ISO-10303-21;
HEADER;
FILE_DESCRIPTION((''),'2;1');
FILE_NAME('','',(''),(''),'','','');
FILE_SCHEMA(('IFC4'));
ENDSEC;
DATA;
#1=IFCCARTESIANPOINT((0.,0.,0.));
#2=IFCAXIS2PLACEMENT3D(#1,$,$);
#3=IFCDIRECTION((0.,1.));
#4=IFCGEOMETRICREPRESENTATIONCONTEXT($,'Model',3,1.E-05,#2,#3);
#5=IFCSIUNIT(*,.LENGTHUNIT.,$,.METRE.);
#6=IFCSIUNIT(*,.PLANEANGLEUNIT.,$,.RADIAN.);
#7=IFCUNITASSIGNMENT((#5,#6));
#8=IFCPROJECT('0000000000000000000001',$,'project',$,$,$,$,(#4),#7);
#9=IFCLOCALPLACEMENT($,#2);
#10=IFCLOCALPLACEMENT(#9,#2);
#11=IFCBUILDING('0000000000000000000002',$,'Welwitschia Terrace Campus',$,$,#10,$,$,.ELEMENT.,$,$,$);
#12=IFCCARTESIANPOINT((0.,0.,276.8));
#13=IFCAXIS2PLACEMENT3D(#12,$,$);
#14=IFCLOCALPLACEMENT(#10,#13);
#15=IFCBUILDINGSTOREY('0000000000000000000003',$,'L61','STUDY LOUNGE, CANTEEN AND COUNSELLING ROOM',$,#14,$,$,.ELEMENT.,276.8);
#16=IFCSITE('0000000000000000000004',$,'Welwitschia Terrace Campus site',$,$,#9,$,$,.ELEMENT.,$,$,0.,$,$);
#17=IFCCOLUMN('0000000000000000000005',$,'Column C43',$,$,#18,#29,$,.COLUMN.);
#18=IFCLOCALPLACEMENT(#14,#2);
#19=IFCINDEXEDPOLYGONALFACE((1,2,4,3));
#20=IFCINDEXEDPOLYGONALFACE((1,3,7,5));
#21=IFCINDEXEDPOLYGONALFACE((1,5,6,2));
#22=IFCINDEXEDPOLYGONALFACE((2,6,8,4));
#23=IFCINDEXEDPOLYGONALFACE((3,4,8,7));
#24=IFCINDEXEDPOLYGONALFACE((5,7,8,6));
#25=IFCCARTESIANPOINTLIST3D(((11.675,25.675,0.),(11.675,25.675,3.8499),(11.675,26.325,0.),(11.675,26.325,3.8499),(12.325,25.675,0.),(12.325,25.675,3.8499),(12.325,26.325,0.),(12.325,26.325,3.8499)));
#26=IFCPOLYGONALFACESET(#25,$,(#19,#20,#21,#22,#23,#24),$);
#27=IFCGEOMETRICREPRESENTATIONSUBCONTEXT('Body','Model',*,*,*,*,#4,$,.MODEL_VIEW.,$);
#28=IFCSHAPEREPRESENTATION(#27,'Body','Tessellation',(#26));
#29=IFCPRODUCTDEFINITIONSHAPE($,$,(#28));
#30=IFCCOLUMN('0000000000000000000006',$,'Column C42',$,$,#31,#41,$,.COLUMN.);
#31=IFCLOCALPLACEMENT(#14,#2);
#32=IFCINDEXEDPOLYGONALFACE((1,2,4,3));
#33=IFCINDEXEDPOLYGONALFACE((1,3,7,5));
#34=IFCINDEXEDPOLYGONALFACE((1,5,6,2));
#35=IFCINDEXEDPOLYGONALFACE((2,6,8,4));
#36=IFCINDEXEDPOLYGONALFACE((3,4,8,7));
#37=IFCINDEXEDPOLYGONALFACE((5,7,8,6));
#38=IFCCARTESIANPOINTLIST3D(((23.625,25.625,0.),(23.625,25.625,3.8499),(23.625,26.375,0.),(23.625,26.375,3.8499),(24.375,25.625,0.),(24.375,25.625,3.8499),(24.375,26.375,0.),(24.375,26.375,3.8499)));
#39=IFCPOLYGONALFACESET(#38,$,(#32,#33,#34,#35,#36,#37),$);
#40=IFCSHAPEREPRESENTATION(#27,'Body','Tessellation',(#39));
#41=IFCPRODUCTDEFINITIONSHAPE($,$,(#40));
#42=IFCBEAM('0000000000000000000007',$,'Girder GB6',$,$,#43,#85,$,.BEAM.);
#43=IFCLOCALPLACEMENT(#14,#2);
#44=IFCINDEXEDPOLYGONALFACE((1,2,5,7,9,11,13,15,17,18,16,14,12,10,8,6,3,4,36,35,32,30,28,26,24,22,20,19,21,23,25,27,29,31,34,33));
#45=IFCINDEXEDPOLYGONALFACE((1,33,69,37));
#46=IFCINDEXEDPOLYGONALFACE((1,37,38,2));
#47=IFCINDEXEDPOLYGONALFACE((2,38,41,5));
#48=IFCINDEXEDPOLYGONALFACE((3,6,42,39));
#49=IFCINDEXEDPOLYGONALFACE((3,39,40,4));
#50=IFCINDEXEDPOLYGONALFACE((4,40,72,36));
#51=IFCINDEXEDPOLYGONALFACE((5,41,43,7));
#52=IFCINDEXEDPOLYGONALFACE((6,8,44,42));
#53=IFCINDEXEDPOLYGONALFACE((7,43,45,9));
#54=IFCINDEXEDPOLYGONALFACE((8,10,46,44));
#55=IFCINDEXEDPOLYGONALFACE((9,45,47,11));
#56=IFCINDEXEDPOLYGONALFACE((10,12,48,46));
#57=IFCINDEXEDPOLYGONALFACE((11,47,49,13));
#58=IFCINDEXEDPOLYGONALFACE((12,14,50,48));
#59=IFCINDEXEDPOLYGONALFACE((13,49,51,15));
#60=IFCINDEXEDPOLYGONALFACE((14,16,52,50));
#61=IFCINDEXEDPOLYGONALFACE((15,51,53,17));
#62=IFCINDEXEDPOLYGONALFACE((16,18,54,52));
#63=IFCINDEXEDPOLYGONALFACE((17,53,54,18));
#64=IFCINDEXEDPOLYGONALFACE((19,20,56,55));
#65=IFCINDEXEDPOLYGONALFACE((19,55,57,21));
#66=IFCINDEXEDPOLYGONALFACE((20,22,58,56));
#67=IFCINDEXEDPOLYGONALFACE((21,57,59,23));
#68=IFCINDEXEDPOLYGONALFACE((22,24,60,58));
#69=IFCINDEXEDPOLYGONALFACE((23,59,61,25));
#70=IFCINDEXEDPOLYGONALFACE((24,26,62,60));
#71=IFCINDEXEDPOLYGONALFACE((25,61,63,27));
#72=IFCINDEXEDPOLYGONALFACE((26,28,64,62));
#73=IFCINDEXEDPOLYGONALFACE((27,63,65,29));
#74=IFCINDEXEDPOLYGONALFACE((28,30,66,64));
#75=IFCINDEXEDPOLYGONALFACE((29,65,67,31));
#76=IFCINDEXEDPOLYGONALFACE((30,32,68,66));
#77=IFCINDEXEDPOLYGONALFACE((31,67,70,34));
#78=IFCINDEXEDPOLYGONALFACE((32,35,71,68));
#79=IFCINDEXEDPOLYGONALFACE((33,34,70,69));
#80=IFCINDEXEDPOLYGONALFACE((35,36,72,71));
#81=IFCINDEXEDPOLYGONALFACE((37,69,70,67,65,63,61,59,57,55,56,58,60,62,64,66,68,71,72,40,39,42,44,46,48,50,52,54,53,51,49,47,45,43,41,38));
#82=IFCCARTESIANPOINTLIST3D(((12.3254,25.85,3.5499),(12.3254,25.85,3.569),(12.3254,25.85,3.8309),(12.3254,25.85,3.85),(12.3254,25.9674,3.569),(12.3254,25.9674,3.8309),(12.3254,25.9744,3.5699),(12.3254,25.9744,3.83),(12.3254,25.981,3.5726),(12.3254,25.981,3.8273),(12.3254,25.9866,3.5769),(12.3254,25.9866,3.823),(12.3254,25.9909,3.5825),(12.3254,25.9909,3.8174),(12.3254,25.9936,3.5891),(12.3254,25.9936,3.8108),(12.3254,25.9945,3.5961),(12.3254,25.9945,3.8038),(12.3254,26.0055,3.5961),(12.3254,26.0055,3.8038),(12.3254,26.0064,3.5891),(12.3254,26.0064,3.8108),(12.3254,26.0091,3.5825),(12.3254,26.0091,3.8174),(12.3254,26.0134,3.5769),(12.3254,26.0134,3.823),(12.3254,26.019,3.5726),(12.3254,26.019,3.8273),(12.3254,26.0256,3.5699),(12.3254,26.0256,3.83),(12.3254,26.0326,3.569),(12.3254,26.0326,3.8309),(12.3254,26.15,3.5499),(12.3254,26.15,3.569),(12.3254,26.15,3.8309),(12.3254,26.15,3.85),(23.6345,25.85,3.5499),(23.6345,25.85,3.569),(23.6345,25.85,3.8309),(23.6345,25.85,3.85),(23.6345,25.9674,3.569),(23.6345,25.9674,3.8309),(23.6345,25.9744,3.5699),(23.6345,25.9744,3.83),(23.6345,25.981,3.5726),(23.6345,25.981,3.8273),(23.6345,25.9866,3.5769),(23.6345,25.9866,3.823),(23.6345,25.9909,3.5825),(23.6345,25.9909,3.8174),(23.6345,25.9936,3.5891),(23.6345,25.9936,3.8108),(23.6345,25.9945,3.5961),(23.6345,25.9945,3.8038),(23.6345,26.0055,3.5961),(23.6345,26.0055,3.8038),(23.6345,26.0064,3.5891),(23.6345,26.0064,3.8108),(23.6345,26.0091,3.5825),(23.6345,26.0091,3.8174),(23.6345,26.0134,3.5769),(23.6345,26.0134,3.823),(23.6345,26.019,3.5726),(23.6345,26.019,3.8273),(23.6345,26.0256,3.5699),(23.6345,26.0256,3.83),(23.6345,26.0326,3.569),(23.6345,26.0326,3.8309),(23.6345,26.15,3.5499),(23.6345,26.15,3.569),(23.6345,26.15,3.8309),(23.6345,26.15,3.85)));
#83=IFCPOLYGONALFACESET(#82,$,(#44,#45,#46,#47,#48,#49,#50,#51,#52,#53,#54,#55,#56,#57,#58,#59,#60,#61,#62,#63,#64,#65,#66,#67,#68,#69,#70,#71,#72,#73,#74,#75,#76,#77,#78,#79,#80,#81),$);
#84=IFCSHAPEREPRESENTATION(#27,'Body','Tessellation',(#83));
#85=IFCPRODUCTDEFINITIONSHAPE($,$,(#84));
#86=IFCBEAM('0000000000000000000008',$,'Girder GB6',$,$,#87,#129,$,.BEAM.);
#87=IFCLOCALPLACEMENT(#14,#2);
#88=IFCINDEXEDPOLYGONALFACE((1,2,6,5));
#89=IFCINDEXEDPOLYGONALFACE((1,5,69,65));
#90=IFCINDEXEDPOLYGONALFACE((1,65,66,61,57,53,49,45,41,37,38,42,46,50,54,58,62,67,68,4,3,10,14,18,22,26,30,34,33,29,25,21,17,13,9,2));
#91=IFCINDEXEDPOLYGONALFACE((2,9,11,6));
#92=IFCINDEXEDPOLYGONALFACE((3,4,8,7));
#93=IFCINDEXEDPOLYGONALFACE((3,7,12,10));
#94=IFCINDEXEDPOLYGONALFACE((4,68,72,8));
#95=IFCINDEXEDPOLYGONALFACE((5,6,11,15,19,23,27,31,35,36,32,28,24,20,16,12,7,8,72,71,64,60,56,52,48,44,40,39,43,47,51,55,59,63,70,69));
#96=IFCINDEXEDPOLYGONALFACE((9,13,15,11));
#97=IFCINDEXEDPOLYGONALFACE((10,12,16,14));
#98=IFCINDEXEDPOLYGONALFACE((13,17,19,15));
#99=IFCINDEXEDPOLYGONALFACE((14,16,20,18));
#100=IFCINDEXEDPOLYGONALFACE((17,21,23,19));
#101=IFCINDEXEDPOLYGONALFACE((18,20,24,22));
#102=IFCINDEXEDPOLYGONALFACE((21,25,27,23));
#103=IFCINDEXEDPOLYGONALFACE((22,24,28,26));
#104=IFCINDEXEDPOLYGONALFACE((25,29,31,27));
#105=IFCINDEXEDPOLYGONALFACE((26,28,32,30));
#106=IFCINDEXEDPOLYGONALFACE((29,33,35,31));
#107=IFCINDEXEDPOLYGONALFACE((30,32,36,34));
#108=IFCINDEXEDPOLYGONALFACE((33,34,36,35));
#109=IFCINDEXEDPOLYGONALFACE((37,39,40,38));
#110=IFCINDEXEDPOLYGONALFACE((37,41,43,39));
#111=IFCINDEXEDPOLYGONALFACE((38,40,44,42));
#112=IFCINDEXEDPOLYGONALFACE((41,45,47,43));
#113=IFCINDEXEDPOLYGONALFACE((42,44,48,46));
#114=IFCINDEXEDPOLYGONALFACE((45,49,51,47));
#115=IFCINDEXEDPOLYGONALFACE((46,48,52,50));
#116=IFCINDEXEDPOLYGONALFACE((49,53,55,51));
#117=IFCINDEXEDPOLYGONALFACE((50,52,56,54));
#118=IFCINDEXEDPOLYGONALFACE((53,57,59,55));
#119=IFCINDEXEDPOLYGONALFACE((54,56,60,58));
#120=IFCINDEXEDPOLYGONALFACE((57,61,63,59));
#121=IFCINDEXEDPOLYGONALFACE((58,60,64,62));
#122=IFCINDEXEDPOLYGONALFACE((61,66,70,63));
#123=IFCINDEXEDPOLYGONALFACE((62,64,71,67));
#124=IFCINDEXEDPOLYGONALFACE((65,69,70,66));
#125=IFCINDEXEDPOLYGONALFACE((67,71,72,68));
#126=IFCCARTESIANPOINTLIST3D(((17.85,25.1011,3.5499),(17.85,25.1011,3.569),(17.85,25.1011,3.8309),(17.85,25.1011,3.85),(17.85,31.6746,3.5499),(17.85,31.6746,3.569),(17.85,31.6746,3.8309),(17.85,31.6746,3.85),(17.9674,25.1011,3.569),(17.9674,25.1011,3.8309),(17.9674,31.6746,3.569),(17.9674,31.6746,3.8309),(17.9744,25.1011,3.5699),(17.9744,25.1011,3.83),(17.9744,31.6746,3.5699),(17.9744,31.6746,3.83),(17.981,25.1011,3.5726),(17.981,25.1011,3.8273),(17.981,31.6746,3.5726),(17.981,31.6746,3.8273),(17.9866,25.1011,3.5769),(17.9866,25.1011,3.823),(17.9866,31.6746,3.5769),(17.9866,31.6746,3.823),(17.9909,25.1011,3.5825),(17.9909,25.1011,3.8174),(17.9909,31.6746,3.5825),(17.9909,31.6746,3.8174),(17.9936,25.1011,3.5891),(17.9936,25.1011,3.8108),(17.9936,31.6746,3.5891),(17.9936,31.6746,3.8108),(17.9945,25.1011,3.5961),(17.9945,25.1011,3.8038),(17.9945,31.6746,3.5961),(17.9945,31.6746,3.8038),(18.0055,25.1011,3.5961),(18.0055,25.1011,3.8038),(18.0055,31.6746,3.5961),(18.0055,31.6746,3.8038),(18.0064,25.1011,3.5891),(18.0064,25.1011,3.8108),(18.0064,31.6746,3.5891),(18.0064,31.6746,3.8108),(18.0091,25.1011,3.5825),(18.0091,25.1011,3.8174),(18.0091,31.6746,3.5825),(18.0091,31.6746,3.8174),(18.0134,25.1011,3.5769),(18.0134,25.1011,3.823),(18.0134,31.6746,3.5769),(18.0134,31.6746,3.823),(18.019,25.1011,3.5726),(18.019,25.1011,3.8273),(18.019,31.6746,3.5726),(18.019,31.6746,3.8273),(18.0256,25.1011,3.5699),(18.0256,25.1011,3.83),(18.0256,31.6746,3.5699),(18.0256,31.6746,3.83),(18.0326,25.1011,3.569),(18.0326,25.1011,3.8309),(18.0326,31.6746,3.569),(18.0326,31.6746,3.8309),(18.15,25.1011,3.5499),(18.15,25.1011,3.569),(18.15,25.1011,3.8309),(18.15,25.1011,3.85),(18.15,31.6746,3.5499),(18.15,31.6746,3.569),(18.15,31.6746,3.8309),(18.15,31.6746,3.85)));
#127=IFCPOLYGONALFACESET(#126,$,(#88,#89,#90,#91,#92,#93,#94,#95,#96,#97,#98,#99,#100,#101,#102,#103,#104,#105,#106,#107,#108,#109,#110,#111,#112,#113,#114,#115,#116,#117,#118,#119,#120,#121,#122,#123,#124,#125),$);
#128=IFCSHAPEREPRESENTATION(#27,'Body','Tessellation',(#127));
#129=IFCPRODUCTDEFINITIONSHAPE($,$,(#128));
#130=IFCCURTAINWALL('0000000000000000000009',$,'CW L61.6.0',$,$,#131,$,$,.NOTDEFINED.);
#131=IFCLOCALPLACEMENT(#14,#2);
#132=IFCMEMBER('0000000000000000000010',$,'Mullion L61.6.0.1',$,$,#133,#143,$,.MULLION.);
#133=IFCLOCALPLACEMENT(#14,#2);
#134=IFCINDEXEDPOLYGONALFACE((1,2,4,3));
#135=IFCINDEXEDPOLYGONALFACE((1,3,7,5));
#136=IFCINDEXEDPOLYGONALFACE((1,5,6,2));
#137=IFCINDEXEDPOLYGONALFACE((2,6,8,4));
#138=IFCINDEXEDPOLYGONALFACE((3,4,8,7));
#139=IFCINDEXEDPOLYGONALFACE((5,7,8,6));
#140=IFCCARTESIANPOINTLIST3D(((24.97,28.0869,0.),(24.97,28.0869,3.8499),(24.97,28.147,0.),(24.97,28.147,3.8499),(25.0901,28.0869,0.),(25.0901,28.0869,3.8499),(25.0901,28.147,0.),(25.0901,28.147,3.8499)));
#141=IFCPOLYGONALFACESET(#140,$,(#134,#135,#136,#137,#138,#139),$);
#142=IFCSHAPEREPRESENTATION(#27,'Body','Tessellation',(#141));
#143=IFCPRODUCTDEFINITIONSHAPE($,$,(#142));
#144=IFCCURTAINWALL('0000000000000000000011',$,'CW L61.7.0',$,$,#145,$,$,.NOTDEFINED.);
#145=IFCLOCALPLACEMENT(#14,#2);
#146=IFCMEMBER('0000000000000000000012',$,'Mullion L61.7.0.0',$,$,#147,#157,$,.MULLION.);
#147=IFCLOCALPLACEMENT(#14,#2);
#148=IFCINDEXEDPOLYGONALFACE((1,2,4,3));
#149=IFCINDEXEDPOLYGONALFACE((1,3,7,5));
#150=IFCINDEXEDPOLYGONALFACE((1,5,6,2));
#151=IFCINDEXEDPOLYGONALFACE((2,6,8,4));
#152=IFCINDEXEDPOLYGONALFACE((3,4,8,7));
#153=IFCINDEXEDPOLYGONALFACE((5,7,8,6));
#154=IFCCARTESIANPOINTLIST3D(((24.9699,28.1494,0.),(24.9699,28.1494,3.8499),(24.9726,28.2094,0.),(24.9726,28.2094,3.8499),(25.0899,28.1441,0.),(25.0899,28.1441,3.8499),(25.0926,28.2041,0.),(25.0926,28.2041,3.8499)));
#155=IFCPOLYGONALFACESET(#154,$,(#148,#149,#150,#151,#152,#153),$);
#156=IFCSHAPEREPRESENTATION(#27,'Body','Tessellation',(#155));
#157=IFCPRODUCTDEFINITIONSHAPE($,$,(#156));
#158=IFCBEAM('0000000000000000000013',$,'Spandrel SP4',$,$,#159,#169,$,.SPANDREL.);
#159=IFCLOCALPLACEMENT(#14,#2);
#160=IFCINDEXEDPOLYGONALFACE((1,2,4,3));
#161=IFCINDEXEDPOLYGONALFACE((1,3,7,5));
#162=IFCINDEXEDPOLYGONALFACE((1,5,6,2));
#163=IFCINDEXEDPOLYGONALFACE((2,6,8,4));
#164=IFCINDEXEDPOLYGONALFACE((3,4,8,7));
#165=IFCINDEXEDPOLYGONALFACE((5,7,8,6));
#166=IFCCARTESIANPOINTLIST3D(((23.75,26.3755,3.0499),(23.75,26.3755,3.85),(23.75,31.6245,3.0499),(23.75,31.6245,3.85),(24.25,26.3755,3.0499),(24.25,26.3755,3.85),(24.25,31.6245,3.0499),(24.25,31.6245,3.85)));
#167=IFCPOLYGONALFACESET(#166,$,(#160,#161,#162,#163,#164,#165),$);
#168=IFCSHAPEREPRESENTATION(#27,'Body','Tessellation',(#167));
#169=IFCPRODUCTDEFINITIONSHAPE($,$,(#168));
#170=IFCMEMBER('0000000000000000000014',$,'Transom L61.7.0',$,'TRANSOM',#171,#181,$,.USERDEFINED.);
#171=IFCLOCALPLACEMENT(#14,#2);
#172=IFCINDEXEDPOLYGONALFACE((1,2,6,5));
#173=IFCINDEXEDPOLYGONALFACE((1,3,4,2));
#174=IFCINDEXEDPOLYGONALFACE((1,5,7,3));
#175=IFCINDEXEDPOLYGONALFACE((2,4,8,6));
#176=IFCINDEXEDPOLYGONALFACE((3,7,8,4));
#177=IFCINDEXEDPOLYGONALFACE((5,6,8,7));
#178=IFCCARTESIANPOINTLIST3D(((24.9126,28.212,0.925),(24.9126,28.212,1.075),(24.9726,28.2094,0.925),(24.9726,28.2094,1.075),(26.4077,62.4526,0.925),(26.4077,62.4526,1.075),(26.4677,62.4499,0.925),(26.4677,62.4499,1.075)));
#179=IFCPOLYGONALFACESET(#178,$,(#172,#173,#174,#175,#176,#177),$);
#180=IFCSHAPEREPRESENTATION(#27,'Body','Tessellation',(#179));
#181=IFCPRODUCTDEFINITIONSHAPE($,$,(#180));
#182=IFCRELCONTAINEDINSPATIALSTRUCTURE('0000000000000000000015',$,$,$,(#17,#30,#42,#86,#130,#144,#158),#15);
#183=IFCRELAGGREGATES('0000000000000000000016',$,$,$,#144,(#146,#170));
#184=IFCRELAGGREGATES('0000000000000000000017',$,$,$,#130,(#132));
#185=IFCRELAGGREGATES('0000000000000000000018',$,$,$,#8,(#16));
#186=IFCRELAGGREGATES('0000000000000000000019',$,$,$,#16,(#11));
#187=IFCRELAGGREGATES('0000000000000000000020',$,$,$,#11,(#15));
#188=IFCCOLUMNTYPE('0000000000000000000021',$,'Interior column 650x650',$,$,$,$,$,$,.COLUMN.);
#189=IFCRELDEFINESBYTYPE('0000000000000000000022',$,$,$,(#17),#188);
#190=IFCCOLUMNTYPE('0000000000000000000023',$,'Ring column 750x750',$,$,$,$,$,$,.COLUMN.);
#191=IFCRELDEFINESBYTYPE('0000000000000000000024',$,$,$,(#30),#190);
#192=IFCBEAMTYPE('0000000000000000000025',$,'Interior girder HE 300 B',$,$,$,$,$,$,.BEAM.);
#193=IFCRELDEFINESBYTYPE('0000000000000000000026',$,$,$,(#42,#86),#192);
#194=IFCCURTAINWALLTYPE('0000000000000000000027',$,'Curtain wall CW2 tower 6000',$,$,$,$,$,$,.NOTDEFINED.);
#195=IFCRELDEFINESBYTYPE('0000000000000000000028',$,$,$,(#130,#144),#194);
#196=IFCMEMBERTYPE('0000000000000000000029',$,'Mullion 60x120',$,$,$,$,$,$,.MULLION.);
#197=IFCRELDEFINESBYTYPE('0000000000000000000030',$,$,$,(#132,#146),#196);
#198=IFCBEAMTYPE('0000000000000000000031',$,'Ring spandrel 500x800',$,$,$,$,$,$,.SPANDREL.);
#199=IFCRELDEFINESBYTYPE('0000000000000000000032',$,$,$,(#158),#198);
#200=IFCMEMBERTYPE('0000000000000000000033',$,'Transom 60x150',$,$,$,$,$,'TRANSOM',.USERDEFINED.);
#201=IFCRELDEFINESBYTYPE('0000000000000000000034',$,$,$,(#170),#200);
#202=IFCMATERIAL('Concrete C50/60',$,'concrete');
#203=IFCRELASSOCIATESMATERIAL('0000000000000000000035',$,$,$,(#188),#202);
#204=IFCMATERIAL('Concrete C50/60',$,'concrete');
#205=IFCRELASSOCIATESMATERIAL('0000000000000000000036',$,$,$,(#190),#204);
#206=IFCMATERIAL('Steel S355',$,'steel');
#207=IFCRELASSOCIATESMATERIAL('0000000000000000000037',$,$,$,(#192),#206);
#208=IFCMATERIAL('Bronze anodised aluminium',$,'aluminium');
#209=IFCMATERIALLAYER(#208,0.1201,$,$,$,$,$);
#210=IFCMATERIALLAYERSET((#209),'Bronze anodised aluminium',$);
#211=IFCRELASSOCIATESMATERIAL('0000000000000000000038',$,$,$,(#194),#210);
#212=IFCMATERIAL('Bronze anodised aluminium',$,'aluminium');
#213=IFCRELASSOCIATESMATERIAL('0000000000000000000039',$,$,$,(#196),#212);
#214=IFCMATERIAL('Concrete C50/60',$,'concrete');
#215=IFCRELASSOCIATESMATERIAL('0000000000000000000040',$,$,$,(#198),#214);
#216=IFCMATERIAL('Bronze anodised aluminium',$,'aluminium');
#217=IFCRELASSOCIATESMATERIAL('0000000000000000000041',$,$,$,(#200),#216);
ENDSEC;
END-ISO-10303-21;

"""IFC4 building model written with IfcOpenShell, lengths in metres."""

from ifc_helpers import new_model, si_unit, direction, frame, origin, origin_2d, place, context, subcontext, project, spatial, rectangle, i_section, extrude, material, layer, layer_set, material_profile, profile_set, type_object, element, aggregate, save


model = new_model("IFC4")

# Units and contexts
model_context = context("Model", 3, precision=1e-05, world=origin(), true_north=direction((0.0, 1.0)))
body_context = subcontext(model_context, "Body", "Model", "MODEL_VIEW")
ifc_project = project(units=[si_unit("LENGTHUNIT", "METRE"), si_unit("PLANEANGLEUNIT", "RADIAN")], contexts=[model_context])

# Site, building, storey
site_placement = place(None, origin())
site = spatial("IfcSite", under=ifc_project, at=site_placement, Name="Welwitschia Terrace Campus site", CompositionType="ELEMENT", RefElevation=0.0)
building_placement = place(site_placement, origin())
building = spatial("IfcBuilding", under=site, at=building_placement, Name="Welwitschia Terrace Campus", CompositionType="ELEMENT")
storey_placement = place(building_placement, frame((0.0, 0.0, 276.8)))
storey = spatial("IfcBuildingStorey", under=building, at=storey_placement, Name="L61", Description="STUDY LOUNGE, CANTEEN AND COUNSELLING ROOM", CompositionType="ELEMENT", Elevation=276.8)

# Columns
ifc_material_1 = material(Name="Concrete C50/60", Category="concrete")
ifc_material_profile_1 = material_profile(ifc_material_1, rectangle(XDim=0.6499, YDim=0.6499, at=origin_2d()))
ifc_profile_set_1 = profile_set([ifc_material_profile_1], Name="Concrete C50/60")
column_type_1 = type_object("IfcColumnType", Name="Interior column 650x650", PredefinedType="COLUMN", material=ifc_profile_set_1)
column_1_placement = place(storey_placement, frame((12.0, 26.0, 0.0), z_axis=(0.0, 0.0, 1.0), x_axis=(1.0, 0.0, 0.0)))
element("IfcColumn", 1, at=column_1_placement, inside=storey, type_object=column_type_1, Name="Column C43", PredefinedType="COLUMN", context=body_context, shape_type="SweptSolid", body=[
    extrude(rectangle(XDim=0.6499, YDim=0.6499, at=origin_2d()), origin(), (0.0, 0.0, 1.0), 3.8499),
])
ifc_material_2 = material(Name="Concrete C50/60", Category="concrete")
ifc_material_profile_2 = material_profile(ifc_material_2, rectangle(XDim=0.75, YDim=0.75, at=origin_2d()))
ifc_profile_set_2 = profile_set([ifc_material_profile_2], Name="Concrete C50/60")
column_type_2 = type_object("IfcColumnType", Name="Ring column 750x750", PredefinedType="COLUMN", material=ifc_profile_set_2)
column_2_placement = place(storey_placement, frame((24.0, 26.0, 0.0), z_axis=(0.0, 0.0, 1.0), x_axis=(1.0, 0.0, 0.0)))
element("IfcColumn", 2, at=column_2_placement, inside=storey, type_object=column_type_2, Name="Column C42", PredefinedType="COLUMN", context=body_context, shape_type="SweptSolid", body=[
    extrude(rectangle(XDim=0.75, YDim=0.75, at=origin_2d()), origin(), (0.0, 0.0, 1.0), 3.8499),
])

# Beams
ifc_material_3 = material(Name="Steel S355", Category="steel")
ifc_material_profile_3 = material_profile(ifc_material_3, i_section(OverallWidth=0.3, OverallDepth=0.3, WebThickness=0.011, FlangeThickness=0.019, FilletRadius=0.0271, at=origin_2d()))
ifc_profile_set_3 = profile_set([ifc_material_profile_3], Name="Steel S355")
beam_type_1 = type_object("IfcBeamType", Name="Interior girder HE 300 B", PredefinedType="BEAM", material=ifc_profile_set_3)
beam_1_placement = place(storey_placement, frame((12.3254, 26.0, 3.7), z_axis=(1.0, 0.0, 0.0), x_axis=(0.0, 1.0, 0.0)))
element("IfcBeam", 3, at=beam_1_placement, inside=storey, type_object=beam_type_1, Name="Girder GB6", PredefinedType="BEAM", context=body_context, shape_type="SweptSolid", body=[
    extrude(i_section(OverallWidth=0.3, OverallDepth=0.3, WebThickness=0.011, FlangeThickness=0.019, FilletRadius=0.0271, at=origin_2d()), origin(), (0.0, 0.0, 1.0), 11.3091),
])
beam_2_placement = place(storey_placement, frame((18.0, 25.1011, 3.7), z_axis=(0.0, 1.0, 0.0), x_axis=(-1.0, 0.0, 0.0)))
element("IfcBeam", 4, at=beam_2_placement, inside=storey, type_object=beam_type_1, Name="Girder GB6", PredefinedType="BEAM", context=body_context, shape_type="SweptSolid", body=[
    extrude(i_section(OverallWidth=0.3, OverallDepth=0.3, WebThickness=0.011, FlangeThickness=0.019, FilletRadius=0.0271, at=origin_2d()), origin(), (0.0, 0.0, 1.0), 6.5735),
])

# Curtain walls, members
ifc_material_4 = material(Name="Bronze anodised aluminium", Category="aluminium")
ifc_layer_1 = layer(ifc_material_4, 0.1201)
ifc_layer_set_1 = layer_set([ifc_layer_1], Name="Bronze anodised aluminium")
curtain_wall_type = type_object("IfcCurtainWallType", Name="Curtain wall CW2 tower 6000", PredefinedType="NOTDEFINED", material=ifc_layer_set_1)
curtain_wall_1_placement = place(storey_placement, origin())
curtain_wall_1 = element("IfcCurtainWall", 5, at=curtain_wall_1_placement, inside=storey, type_object=curtain_wall_type, Name="CW L61.6.0", PredefinedType="NOTDEFINED")
ifc_material_5 = material(Name="Bronze anodised aluminium", Category="aluminium")
ifc_material_profile_4 = material_profile(ifc_material_5, rectangle(XDim=0.1201, YDim=0.0601, at=origin_2d()))
ifc_profile_set_4 = profile_set([ifc_material_profile_4], Name="Bronze anodised aluminium")
member_type_1 = type_object("IfcMemberType", Name="Mullion 60x120", PredefinedType="MULLION", material=ifc_profile_set_4)
member_1_placement = place(storey_placement, frame((25.03, 28.1169, 0.0), z_axis=(0.0, 0.0, 1.0), x_axis=(-1.0, 0.0, 0.0)))
member_1 = element("IfcMember", 6, at=member_1_placement, type_object=member_type_1, Name="Mullion L61.6.0.1", PredefinedType="MULLION", context=body_context, shape_type="SweptSolid", body=[
    extrude(rectangle(XDim=0.1201, YDim=0.0601, at=origin_2d()), origin(), (0.0, 0.0, 1.0), 3.8499),
])
curtain_wall_2_placement = place(storey_placement, origin())
curtain_wall_2 = element("IfcCurtainWall", 7, at=curtain_wall_2_placement, inside=storey, type_object=curtain_wall_type, Name="CW L61.7.0", PredefinedType="NOTDEFINED")
member_2_placement = place(storey_placement, frame((25.0312, 28.1768, 0.0), z_axis=(0.0, 0.0, 1.0), x_axis=(-0.999048, 0.043619, 0.0)))
member_2 = element("IfcMember", 8, at=member_2_placement, type_object=member_type_1, Name="Mullion L61.7.0.0", PredefinedType="MULLION", context=body_context, shape_type="SweptSolid", body=[
    extrude(rectangle(XDim=0.1201, YDim=0.0601, at=origin_2d()), origin(), (0.0, 0.0, 1.0), 3.8499),
])

# Beam
ifc_material_6 = material(Name="Concrete C50/60", Category="concrete")
ifc_material_profile_5 = material_profile(ifc_material_6, rectangle(XDim=0.5, YDim=0.8, at=origin_2d()))
ifc_profile_set_5 = profile_set([ifc_material_profile_5], Name="Concrete C50/60")
beam_type_2 = type_object("IfcBeamType", Name="Ring spandrel 500x800", PredefinedType="SPANDREL", material=ifc_profile_set_5)
beam_3_placement = place(storey_placement, frame((24.0, 26.3755, 3.45), z_axis=(0.0, 1.0, 0.0), x_axis=(-1.0, 0.0, 0.0)))
element("IfcBeam", 9, at=beam_3_placement, inside=storey, type_object=beam_type_2, Name="Spandrel SP4", PredefinedType="SPANDREL", context=body_context, shape_type="SweptSolid", body=[
    extrude(rectangle(XDim=0.5, YDim=0.8, at=origin_2d()), origin(), (0.0, 0.0, 1.0), 5.249),
])

# Member
ifc_material_7 = material(Name="Bronze anodised aluminium", Category="aluminium")
ifc_material_profile_6 = material_profile(ifc_material_7, rectangle(XDim=0.0601, YDim=0.1499, at=origin_2d()))
ifc_profile_set_6 = profile_set([ifc_material_profile_6], Name="Bronze anodised aluminium")
member_type_2 = type_object("IfcMemberType", Name="Transom 60x150", ElementType="TRANSOM", PredefinedType="USERDEFINED", material=ifc_profile_set_6)
member_3_placement = place(storey_placement, frame((24.9426, 28.2107, 1.0), z_axis=(0.043624, 0.999048, 0.0), x_axis=(-0.999048, 0.043624, 0.0)))
member_3 = element("IfcMember", 10, at=member_3_placement, type_object=member_type_2, Name="Transom L61.7.0", ObjectType="TRANSOM", PredefinedType="USERDEFINED", context=body_context, shape_type="SweptSolid", body=[
    extrude(rectangle(XDim=0.0601, YDim=0.1499, at=origin_2d()), origin(), (0.0, 0.0, 1.0), 34.2732),
])
aggregate(curtain_wall_2, [member_2, member_3])

aggregate(curtain_wall_1, [member_1])

save(model, "model.ifc")
